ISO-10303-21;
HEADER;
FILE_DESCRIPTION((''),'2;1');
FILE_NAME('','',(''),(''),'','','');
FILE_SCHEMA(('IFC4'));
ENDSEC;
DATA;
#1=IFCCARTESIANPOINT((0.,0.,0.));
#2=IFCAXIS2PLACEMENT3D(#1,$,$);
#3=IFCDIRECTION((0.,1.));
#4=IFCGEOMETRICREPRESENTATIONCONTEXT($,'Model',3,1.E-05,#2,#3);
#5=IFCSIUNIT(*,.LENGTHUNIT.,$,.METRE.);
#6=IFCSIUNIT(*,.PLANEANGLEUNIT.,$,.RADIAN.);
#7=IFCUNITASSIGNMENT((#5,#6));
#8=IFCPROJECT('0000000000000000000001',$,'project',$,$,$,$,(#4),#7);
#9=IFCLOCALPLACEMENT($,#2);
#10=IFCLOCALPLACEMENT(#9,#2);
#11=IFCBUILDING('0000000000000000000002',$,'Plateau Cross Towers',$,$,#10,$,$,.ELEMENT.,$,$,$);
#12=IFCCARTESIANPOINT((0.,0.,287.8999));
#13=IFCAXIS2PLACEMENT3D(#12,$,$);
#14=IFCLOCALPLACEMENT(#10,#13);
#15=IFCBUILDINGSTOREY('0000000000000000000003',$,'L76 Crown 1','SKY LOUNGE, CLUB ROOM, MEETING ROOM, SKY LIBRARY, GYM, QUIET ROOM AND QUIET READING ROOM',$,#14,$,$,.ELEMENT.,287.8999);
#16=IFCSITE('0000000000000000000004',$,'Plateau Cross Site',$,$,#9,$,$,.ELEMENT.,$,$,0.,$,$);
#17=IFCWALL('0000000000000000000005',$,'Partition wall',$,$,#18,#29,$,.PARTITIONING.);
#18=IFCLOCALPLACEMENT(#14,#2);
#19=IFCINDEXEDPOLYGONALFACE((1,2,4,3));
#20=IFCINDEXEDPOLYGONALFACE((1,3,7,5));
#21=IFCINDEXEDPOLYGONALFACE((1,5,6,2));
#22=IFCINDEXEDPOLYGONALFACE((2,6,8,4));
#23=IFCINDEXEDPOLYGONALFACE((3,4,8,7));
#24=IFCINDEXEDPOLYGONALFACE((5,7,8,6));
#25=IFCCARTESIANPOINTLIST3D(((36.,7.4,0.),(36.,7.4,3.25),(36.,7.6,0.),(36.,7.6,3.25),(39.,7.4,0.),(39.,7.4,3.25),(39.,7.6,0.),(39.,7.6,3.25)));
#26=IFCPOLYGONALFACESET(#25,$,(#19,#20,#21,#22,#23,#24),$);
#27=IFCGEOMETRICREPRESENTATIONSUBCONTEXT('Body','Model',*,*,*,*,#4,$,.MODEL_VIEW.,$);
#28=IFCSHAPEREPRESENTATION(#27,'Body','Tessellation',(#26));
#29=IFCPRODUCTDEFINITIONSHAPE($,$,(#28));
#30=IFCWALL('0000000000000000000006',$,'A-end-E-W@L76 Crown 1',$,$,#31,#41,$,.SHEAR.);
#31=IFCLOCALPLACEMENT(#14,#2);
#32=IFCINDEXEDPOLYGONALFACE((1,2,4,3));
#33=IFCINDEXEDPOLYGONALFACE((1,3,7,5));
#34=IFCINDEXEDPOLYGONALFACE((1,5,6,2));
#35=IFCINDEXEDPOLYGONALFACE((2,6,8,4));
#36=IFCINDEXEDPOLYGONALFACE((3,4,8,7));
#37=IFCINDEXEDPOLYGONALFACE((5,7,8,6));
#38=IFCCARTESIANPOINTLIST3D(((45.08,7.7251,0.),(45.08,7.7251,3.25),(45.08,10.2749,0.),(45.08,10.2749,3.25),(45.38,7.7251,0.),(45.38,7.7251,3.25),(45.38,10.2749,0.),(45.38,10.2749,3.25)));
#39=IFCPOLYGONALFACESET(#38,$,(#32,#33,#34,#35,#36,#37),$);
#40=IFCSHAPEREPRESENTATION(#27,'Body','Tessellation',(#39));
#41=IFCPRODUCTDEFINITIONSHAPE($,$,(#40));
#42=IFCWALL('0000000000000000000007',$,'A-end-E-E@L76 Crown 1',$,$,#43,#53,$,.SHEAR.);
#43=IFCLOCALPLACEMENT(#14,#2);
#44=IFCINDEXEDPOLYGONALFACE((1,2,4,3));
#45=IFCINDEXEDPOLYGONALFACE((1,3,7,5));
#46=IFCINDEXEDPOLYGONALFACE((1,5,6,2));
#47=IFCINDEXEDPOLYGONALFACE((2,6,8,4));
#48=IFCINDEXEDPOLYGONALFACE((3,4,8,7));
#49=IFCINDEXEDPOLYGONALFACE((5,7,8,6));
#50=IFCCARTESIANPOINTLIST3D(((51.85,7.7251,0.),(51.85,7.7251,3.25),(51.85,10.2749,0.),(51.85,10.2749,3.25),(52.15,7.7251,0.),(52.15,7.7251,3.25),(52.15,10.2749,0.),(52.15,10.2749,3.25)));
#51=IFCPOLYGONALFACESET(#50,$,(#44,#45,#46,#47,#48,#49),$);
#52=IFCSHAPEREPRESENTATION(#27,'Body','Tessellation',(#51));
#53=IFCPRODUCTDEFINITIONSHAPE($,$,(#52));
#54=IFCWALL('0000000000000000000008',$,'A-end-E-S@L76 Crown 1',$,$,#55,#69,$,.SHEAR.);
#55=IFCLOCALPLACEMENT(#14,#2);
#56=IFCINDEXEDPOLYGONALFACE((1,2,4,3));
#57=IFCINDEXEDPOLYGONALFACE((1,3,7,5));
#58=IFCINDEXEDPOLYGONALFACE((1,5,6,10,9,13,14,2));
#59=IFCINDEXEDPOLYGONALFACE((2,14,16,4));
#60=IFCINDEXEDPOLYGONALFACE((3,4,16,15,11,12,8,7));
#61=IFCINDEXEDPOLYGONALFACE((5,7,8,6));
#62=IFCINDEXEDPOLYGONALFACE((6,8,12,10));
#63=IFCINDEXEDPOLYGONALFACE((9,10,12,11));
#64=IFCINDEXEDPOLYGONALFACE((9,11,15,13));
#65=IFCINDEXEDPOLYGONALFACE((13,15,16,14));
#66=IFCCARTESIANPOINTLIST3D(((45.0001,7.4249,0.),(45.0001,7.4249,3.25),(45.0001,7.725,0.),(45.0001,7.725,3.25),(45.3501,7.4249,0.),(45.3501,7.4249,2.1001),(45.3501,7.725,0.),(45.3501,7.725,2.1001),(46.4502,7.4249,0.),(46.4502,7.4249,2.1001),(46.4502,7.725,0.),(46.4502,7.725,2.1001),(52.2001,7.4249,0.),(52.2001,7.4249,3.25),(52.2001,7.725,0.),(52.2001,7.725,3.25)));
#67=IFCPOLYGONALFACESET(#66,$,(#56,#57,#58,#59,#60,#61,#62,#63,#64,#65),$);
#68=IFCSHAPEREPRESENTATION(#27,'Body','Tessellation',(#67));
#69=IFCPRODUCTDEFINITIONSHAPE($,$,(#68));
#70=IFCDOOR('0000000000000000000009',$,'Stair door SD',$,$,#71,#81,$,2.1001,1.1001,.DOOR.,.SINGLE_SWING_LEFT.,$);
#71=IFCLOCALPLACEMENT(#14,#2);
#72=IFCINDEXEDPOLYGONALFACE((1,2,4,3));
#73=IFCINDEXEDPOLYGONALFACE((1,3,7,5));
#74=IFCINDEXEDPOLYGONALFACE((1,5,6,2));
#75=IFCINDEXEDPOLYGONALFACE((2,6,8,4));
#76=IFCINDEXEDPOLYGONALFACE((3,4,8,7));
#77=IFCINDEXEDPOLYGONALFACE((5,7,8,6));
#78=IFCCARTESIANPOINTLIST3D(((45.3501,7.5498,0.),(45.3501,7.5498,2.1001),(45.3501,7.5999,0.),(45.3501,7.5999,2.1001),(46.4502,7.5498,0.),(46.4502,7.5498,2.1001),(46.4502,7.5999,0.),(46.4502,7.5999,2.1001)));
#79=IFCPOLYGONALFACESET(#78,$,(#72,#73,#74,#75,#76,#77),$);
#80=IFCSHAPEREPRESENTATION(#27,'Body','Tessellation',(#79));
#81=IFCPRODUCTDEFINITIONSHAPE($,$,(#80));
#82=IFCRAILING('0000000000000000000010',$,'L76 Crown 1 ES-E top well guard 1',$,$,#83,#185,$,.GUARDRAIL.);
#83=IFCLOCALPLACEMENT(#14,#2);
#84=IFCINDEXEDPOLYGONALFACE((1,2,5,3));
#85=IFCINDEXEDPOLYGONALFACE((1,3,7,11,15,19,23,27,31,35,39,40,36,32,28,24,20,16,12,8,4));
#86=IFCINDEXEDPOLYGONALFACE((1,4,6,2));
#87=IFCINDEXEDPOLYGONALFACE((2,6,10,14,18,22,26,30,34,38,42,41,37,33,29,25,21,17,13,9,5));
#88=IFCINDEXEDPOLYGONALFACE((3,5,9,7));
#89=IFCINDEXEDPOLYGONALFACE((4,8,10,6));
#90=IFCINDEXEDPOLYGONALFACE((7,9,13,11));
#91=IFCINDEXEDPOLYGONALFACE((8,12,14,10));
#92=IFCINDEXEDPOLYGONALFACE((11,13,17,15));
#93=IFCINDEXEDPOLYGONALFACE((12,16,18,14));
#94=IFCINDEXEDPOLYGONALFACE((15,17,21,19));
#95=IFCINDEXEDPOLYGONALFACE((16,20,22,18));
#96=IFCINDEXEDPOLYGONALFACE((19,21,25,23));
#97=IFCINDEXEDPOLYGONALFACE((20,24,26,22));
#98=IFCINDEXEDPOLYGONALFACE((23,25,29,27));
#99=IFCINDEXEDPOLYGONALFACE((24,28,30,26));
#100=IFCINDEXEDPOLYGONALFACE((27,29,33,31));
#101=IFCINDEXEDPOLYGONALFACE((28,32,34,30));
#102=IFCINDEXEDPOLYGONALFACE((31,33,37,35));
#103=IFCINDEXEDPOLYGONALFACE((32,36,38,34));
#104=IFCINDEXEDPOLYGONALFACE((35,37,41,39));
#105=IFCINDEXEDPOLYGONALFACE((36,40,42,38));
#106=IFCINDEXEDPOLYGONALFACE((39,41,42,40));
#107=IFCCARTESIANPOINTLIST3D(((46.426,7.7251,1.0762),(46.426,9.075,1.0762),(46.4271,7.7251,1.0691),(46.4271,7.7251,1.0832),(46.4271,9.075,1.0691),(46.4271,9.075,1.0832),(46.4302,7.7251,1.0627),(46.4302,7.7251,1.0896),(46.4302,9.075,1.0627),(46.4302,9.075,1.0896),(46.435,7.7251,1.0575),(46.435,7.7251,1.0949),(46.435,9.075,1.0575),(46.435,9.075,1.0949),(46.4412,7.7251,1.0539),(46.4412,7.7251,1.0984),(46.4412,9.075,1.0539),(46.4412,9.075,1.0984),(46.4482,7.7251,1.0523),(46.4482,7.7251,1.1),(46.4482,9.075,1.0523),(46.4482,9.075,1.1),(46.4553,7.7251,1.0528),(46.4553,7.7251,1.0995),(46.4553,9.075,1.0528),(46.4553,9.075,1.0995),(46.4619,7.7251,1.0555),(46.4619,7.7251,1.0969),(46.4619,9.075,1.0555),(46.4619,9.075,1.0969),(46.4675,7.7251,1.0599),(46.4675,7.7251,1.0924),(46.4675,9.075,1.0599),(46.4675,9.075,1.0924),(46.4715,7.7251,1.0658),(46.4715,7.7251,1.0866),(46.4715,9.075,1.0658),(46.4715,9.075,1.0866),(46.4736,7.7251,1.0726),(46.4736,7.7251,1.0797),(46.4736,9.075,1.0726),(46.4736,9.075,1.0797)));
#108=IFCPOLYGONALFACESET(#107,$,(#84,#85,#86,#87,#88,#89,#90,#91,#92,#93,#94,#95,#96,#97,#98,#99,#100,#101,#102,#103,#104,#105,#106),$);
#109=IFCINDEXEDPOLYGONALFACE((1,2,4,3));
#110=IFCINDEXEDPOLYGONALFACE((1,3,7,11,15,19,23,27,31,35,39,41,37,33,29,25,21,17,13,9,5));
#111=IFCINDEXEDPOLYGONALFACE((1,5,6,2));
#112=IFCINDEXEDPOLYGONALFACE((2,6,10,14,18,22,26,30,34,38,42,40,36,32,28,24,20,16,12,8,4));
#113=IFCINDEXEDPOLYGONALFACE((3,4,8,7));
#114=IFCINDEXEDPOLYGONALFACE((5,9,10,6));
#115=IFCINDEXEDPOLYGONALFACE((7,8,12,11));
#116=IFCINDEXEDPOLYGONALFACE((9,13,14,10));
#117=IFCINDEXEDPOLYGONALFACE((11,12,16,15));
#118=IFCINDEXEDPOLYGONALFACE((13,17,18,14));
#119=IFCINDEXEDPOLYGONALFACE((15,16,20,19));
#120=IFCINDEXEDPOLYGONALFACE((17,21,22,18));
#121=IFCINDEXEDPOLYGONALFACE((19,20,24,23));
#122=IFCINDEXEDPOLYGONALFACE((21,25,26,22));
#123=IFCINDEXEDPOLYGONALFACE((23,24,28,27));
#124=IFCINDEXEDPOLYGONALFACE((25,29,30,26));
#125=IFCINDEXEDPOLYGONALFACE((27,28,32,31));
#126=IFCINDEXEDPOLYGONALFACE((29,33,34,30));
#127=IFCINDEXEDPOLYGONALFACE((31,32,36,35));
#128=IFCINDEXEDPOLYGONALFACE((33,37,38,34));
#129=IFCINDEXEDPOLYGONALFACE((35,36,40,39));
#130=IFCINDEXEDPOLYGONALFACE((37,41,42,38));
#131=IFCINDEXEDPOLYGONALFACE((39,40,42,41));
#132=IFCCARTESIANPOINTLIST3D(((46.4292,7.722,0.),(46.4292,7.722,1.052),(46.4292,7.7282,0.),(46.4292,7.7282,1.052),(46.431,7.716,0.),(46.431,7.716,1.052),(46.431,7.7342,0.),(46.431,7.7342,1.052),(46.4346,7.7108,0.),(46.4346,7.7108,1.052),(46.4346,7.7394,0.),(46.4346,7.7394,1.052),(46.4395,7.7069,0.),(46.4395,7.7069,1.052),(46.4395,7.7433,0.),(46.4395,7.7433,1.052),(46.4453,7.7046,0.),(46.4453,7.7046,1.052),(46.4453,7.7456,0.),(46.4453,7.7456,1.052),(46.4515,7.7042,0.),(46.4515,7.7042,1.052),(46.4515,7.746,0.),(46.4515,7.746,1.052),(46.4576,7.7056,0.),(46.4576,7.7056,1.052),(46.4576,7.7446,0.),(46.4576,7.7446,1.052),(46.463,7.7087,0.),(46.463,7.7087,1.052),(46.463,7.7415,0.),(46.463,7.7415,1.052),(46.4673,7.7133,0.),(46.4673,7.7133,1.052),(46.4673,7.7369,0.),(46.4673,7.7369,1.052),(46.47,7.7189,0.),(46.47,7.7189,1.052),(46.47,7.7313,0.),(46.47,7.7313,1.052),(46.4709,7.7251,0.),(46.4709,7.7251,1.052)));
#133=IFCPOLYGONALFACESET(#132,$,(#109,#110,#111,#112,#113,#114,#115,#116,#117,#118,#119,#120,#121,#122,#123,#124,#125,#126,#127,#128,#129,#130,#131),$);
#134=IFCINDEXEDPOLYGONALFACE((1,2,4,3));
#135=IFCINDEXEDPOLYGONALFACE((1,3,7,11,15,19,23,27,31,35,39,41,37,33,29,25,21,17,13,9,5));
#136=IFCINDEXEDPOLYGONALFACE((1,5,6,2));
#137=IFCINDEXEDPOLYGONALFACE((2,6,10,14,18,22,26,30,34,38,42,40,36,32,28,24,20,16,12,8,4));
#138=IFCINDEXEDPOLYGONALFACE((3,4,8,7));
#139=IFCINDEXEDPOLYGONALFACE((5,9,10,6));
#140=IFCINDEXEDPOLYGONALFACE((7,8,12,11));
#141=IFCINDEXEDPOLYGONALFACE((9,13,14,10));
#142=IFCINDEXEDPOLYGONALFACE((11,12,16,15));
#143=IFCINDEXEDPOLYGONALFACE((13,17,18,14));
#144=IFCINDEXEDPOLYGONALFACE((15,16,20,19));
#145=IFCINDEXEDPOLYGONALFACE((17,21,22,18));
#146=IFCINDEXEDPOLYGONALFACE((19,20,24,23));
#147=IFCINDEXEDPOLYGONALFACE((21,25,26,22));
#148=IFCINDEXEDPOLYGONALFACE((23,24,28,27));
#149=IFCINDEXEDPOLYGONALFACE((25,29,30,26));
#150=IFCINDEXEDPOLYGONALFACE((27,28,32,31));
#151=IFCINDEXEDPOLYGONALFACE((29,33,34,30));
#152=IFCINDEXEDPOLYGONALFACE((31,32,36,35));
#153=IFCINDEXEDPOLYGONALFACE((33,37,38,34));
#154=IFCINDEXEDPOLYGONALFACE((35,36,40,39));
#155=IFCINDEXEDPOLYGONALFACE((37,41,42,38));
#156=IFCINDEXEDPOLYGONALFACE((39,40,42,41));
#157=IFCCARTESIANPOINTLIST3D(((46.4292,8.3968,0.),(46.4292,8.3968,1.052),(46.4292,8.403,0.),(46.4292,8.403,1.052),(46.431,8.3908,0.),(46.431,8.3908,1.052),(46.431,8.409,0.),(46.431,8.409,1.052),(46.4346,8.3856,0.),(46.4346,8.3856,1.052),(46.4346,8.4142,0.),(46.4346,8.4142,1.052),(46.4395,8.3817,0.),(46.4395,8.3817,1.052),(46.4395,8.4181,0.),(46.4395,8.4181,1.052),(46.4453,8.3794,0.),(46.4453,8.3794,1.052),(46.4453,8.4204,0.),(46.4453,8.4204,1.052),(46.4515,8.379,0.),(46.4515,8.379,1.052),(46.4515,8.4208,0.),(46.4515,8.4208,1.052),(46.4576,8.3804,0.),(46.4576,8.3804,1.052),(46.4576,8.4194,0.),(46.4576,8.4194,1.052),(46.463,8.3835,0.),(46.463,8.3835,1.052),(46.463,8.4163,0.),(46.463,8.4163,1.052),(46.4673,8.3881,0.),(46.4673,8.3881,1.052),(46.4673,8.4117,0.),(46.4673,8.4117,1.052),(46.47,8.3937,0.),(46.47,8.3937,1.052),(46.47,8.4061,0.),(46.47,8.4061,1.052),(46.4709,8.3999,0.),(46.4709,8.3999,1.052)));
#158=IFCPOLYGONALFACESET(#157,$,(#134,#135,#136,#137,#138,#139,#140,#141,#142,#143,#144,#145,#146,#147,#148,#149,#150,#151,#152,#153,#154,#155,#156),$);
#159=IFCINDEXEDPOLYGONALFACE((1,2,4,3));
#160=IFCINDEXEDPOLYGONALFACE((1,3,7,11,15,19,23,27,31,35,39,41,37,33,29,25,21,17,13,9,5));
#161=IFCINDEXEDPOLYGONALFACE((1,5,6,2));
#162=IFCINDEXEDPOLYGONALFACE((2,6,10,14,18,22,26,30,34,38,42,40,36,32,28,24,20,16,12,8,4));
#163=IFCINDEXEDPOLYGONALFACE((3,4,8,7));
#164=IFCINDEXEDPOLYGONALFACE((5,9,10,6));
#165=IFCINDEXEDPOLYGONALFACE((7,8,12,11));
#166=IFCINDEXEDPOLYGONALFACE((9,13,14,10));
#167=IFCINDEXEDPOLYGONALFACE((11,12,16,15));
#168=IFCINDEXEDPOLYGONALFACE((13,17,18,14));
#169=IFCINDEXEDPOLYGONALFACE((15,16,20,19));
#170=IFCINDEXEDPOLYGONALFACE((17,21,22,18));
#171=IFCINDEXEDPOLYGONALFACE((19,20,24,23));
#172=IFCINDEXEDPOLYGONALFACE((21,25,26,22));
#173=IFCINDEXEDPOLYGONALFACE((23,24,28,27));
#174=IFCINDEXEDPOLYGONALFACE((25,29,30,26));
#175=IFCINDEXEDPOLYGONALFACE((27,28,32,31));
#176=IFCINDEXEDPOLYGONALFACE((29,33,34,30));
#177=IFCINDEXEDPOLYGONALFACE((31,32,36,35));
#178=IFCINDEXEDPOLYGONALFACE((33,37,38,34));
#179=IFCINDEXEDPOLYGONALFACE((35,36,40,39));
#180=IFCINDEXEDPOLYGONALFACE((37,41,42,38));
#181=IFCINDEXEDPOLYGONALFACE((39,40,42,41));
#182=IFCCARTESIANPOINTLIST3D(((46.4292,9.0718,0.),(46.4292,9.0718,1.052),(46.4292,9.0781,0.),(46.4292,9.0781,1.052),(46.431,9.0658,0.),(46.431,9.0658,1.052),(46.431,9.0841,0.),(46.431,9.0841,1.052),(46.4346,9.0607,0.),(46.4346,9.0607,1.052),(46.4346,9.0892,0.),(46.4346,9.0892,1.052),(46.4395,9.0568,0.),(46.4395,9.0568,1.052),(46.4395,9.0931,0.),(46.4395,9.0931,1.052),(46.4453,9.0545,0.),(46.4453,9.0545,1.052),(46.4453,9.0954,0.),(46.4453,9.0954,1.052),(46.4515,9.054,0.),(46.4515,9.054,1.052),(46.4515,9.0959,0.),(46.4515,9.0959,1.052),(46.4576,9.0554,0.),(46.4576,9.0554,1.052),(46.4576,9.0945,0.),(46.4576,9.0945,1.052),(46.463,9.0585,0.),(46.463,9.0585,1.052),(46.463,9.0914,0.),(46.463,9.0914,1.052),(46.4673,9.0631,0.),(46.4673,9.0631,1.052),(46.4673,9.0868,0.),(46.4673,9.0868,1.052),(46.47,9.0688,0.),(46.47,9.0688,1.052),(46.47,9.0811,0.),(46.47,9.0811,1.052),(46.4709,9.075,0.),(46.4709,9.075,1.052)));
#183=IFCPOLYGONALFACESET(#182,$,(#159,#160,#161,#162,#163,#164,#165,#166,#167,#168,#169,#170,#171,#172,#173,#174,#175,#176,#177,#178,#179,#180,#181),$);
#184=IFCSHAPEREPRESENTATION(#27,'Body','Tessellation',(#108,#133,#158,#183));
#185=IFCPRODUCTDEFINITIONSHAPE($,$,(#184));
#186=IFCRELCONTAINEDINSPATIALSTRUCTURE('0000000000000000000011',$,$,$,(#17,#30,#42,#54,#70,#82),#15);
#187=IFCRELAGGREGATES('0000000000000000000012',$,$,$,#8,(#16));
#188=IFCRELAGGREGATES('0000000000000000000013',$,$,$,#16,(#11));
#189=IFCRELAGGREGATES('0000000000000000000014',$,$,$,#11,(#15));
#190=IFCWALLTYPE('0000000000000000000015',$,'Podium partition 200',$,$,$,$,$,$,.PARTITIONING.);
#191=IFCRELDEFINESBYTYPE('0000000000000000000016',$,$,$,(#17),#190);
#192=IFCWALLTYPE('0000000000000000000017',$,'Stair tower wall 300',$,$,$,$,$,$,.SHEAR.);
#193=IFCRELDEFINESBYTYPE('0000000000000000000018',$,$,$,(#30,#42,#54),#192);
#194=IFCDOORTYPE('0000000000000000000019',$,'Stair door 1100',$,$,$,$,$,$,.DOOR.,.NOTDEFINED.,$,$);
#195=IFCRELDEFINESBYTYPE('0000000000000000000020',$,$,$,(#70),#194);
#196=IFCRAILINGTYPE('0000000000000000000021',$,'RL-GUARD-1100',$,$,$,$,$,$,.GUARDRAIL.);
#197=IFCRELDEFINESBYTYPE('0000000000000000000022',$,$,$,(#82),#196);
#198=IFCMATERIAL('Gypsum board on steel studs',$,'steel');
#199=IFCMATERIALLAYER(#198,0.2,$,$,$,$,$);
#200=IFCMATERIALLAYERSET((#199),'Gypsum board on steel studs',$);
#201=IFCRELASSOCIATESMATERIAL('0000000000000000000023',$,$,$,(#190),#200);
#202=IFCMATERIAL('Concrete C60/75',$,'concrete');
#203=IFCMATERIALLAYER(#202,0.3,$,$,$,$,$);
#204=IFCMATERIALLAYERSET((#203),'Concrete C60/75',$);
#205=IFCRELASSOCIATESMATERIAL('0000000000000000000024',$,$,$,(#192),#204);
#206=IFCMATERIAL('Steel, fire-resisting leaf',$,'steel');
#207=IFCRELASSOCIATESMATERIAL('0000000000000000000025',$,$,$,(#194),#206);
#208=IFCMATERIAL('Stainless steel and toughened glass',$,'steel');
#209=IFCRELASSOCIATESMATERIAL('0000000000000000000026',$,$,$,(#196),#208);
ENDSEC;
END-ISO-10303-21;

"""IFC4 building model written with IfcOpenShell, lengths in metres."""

from ifc_helpers import new_model, si_unit, direction, frame, frame_2d, origin, origin_2d, place, context, subcontext, project, spatial, rectangle, circle, extrude, material, layer, layer_set, type_object, element, fill, save


model = new_model("IFC4")

# Units and contexts
model_context = context("Model", 3, precision=1e-05, world=origin(), true_north=direction((0.0, 1.0)))
body_context = subcontext(model_context, "Body", "Model", "MODEL_VIEW")
ifc_project = project(units=[si_unit("LENGTHUNIT", "METRE"), si_unit("PLANEANGLEUNIT", "RADIAN")], contexts=[model_context])

# Site, building, storey
site_placement = place(None, origin())
site = spatial("IfcSite", under=ifc_project, at=site_placement, Name="Plateau Cross Site", CompositionType="ELEMENT", RefElevation=0.0)
building_placement = place(site_placement, origin())
building = spatial("IfcBuilding", under=site, at=building_placement, Name="Plateau Cross Towers", CompositionType="ELEMENT")
storey_placement = place(building_placement, frame((0.0, 0.0, 287.8999)))
storey = spatial("IfcBuildingStorey", under=building, at=storey_placement, Name="L76 Crown 1", Description="SKY LOUNGE, CLUB ROOM, MEETING ROOM, SKY LIBRARY, GYM, QUIET ROOM AND QUIET READING ROOM", CompositionType="ELEMENT", Elevation=287.8999)

# Shared definitions
ifc_material_1 = material(Name="Concrete C60/75", Category="concrete")

# Shared definitions
ifc_material_2 = material(Name="Gypsum board on steel studs", Category="steel")
ifc_layer_1 = layer(ifc_material_2, 0.2)
ifc_layer_set_1 = layer_set([ifc_layer_1], Name="Gypsum board on steel studs")
wall_type_1 = type_object("IfcWallType", Name="Podium partition 200", PredefinedType="PARTITIONING", material=ifc_layer_set_1)

# Walls
wall_1_placement = place(storey_placement, frame((39.0, 7.5, 0.0), z_axis=(0.0, 0.0, 1.0), x_axis=(-1.0, 0.0, 0.0)))
element("IfcWall", 1, at=wall_1_placement, inside=storey, type_object=wall_type_1, Name="Partition wall", PredefinedType="PARTITIONING", context=body_context, shape_type="SweptSolid", body=[
    extrude(rectangle(XDim=3.0, YDim=0.2, at=frame_2d((1.5, 0.0))), origin(), (0.0, 0.0, 1.0), 3.25),
])
ifc_layer_2 = layer(ifc_material_1, 0.3)
ifc_layer_set_2 = layer_set([ifc_layer_2], Name="Concrete C60/75")
wall_type_2 = type_object("IfcWallType", Name="Stair tower wall 300", PredefinedType="SHEAR", material=ifc_layer_set_2)
for number, where, z_axis, x_axis, name in (
    (2, (45.23, 7.7251, 0.0), (0.0, 0.0, 1.0), (0.0, 1.0, 0.0), "A-end-E-W@L76 Crown 1"),
    (3, (52.0, 7.7251, 0.0), (0.0, 0.0, 1.0), (0.0, 1.0, 0.0), "A-end-E-E@L76 Crown 1"),
):
    element("IfcWall", number, at=place(storey_placement, frame(where, z_axis=z_axis, x_axis=x_axis)), inside=storey, type_object=wall_type_2, Name=name, PredefinedType="SHEAR", context=body_context, shape_type="SweptSolid", body=[
        extrude(rectangle(XDim=2.5498, YDim=0.3, at=frame_2d((1.2749, 0.0))), origin(), (0.0, 0.0, 1.0), 3.25),
    ])

# Wall, opening, door
wall_2_placement = place(storey_placement, frame((45.0, 7.575, 0.0), z_axis=(0.0, 0.0, 1.0), x_axis=(1.0, 0.0, 0.0)))
wall_2 = element("IfcWall", 4, at=wall_2_placement, inside=storey, type_object=wall_type_2, Name="A-end-E-S@L76 Crown 1", PredefinedType="SHEAR", context=body_context, shape_type="SweptSolid", body=[
    extrude(rectangle(XDim=7.2, YDim=0.3, at=frame_2d((3.6001, 0.0))), origin(), (0.0, 0.0, 1.0), 3.25),
])
opening_1_placement = place(wall_2_placement, frame((0.3501, 0.0, 0.0)))
opening_1 = element("IfcOpeningElement", 5, at=opening_1_placement, cuts=wall_2, PredefinedType="OPENING", context=body_context, shape_type="SweptSolid", body=[
    extrude(rectangle(XDim=1.1001, YDim=2.1001, at=frame_2d((0.55, 1.05))), frame((0.0, 0.1599, 0.0), z_axis=(0.0, -1.0, 0.0), x_axis=(1.0, 0.0, 0.0)), (0.0, 0.0, 1.0), 0.3201),
])
ifc_material_3 = material(Name="Steel, fire-resisting leaf", Category="steel")
door_type_1 = type_object("IfcDoorType", Name="Stair door 1100", OperationType="NOTDEFINED", PredefinedType="DOOR", material=ifc_material_3)
door_1_placement = place(opening_1_placement, origin())
door_1 = element("IfcDoor", 6, at=door_1_placement, inside=storey, type_object=door_type_1, Name="Stair door SD", OperationType="SINGLE_SWING_LEFT", OverallHeight=2.1001, OverallWidth=1.1001, PredefinedType="DOOR", context=body_context, shape_type="SweptSolid", body=[
    extrude(rectangle(XDim=1.1001, YDim=2.1001, at=frame_2d((0.55, 1.05))), frame((0.0, 0.0249, 0.0), z_axis=(0.0, -1.0, 0.0), x_axis=(1.0, 0.0, 0.0)), (0.0, 0.0, 1.0), 0.05),
])
fill(opening_1, door_1)

# Railing
ifc_material_4 = material(Name="Stainless steel and toughened glass", Category="steel")
railing_type = type_object("IfcRailingType", Name="RL-GUARD-1100", PredefinedType="GUARDRAIL", material=ifc_material_4)
railing_placement = place(storey_placement, frame((46.45, 7.7251, 0.0)))
element("IfcRailing", 7, at=railing_placement, inside=storey, type_object=railing_type, Name="L76 Crown 1 ES-E top well guard 1", PredefinedType="GUARDRAIL", context=body_context, shape_type="SweptSolid", body=[
    extrude(circle(Radius=0.0239, at=origin_2d()), frame((0.0, 0.0, 1.0762), z_axis=(0.0, 1.0, 0.0), x_axis=(-1.0, 0.0, 0.0)), (0.0, 0.0, 1.0), 1.3499),
    extrude(circle(Radius=0.021, at=origin_2d()), origin(), (0.0, 0.0, 1.0), 1.052),
    extrude(circle(Radius=0.021, at=origin_2d()), frame((0.0, 0.6748, 0.0)), (0.0, 0.0, 1.0), 1.052),
    extrude(circle(Radius=0.021, at=origin_2d()), frame((0.0, 1.3499, 0.0)), (0.0, 0.0, 1.0), 1.052),
])

save(model, "model.ifc")
